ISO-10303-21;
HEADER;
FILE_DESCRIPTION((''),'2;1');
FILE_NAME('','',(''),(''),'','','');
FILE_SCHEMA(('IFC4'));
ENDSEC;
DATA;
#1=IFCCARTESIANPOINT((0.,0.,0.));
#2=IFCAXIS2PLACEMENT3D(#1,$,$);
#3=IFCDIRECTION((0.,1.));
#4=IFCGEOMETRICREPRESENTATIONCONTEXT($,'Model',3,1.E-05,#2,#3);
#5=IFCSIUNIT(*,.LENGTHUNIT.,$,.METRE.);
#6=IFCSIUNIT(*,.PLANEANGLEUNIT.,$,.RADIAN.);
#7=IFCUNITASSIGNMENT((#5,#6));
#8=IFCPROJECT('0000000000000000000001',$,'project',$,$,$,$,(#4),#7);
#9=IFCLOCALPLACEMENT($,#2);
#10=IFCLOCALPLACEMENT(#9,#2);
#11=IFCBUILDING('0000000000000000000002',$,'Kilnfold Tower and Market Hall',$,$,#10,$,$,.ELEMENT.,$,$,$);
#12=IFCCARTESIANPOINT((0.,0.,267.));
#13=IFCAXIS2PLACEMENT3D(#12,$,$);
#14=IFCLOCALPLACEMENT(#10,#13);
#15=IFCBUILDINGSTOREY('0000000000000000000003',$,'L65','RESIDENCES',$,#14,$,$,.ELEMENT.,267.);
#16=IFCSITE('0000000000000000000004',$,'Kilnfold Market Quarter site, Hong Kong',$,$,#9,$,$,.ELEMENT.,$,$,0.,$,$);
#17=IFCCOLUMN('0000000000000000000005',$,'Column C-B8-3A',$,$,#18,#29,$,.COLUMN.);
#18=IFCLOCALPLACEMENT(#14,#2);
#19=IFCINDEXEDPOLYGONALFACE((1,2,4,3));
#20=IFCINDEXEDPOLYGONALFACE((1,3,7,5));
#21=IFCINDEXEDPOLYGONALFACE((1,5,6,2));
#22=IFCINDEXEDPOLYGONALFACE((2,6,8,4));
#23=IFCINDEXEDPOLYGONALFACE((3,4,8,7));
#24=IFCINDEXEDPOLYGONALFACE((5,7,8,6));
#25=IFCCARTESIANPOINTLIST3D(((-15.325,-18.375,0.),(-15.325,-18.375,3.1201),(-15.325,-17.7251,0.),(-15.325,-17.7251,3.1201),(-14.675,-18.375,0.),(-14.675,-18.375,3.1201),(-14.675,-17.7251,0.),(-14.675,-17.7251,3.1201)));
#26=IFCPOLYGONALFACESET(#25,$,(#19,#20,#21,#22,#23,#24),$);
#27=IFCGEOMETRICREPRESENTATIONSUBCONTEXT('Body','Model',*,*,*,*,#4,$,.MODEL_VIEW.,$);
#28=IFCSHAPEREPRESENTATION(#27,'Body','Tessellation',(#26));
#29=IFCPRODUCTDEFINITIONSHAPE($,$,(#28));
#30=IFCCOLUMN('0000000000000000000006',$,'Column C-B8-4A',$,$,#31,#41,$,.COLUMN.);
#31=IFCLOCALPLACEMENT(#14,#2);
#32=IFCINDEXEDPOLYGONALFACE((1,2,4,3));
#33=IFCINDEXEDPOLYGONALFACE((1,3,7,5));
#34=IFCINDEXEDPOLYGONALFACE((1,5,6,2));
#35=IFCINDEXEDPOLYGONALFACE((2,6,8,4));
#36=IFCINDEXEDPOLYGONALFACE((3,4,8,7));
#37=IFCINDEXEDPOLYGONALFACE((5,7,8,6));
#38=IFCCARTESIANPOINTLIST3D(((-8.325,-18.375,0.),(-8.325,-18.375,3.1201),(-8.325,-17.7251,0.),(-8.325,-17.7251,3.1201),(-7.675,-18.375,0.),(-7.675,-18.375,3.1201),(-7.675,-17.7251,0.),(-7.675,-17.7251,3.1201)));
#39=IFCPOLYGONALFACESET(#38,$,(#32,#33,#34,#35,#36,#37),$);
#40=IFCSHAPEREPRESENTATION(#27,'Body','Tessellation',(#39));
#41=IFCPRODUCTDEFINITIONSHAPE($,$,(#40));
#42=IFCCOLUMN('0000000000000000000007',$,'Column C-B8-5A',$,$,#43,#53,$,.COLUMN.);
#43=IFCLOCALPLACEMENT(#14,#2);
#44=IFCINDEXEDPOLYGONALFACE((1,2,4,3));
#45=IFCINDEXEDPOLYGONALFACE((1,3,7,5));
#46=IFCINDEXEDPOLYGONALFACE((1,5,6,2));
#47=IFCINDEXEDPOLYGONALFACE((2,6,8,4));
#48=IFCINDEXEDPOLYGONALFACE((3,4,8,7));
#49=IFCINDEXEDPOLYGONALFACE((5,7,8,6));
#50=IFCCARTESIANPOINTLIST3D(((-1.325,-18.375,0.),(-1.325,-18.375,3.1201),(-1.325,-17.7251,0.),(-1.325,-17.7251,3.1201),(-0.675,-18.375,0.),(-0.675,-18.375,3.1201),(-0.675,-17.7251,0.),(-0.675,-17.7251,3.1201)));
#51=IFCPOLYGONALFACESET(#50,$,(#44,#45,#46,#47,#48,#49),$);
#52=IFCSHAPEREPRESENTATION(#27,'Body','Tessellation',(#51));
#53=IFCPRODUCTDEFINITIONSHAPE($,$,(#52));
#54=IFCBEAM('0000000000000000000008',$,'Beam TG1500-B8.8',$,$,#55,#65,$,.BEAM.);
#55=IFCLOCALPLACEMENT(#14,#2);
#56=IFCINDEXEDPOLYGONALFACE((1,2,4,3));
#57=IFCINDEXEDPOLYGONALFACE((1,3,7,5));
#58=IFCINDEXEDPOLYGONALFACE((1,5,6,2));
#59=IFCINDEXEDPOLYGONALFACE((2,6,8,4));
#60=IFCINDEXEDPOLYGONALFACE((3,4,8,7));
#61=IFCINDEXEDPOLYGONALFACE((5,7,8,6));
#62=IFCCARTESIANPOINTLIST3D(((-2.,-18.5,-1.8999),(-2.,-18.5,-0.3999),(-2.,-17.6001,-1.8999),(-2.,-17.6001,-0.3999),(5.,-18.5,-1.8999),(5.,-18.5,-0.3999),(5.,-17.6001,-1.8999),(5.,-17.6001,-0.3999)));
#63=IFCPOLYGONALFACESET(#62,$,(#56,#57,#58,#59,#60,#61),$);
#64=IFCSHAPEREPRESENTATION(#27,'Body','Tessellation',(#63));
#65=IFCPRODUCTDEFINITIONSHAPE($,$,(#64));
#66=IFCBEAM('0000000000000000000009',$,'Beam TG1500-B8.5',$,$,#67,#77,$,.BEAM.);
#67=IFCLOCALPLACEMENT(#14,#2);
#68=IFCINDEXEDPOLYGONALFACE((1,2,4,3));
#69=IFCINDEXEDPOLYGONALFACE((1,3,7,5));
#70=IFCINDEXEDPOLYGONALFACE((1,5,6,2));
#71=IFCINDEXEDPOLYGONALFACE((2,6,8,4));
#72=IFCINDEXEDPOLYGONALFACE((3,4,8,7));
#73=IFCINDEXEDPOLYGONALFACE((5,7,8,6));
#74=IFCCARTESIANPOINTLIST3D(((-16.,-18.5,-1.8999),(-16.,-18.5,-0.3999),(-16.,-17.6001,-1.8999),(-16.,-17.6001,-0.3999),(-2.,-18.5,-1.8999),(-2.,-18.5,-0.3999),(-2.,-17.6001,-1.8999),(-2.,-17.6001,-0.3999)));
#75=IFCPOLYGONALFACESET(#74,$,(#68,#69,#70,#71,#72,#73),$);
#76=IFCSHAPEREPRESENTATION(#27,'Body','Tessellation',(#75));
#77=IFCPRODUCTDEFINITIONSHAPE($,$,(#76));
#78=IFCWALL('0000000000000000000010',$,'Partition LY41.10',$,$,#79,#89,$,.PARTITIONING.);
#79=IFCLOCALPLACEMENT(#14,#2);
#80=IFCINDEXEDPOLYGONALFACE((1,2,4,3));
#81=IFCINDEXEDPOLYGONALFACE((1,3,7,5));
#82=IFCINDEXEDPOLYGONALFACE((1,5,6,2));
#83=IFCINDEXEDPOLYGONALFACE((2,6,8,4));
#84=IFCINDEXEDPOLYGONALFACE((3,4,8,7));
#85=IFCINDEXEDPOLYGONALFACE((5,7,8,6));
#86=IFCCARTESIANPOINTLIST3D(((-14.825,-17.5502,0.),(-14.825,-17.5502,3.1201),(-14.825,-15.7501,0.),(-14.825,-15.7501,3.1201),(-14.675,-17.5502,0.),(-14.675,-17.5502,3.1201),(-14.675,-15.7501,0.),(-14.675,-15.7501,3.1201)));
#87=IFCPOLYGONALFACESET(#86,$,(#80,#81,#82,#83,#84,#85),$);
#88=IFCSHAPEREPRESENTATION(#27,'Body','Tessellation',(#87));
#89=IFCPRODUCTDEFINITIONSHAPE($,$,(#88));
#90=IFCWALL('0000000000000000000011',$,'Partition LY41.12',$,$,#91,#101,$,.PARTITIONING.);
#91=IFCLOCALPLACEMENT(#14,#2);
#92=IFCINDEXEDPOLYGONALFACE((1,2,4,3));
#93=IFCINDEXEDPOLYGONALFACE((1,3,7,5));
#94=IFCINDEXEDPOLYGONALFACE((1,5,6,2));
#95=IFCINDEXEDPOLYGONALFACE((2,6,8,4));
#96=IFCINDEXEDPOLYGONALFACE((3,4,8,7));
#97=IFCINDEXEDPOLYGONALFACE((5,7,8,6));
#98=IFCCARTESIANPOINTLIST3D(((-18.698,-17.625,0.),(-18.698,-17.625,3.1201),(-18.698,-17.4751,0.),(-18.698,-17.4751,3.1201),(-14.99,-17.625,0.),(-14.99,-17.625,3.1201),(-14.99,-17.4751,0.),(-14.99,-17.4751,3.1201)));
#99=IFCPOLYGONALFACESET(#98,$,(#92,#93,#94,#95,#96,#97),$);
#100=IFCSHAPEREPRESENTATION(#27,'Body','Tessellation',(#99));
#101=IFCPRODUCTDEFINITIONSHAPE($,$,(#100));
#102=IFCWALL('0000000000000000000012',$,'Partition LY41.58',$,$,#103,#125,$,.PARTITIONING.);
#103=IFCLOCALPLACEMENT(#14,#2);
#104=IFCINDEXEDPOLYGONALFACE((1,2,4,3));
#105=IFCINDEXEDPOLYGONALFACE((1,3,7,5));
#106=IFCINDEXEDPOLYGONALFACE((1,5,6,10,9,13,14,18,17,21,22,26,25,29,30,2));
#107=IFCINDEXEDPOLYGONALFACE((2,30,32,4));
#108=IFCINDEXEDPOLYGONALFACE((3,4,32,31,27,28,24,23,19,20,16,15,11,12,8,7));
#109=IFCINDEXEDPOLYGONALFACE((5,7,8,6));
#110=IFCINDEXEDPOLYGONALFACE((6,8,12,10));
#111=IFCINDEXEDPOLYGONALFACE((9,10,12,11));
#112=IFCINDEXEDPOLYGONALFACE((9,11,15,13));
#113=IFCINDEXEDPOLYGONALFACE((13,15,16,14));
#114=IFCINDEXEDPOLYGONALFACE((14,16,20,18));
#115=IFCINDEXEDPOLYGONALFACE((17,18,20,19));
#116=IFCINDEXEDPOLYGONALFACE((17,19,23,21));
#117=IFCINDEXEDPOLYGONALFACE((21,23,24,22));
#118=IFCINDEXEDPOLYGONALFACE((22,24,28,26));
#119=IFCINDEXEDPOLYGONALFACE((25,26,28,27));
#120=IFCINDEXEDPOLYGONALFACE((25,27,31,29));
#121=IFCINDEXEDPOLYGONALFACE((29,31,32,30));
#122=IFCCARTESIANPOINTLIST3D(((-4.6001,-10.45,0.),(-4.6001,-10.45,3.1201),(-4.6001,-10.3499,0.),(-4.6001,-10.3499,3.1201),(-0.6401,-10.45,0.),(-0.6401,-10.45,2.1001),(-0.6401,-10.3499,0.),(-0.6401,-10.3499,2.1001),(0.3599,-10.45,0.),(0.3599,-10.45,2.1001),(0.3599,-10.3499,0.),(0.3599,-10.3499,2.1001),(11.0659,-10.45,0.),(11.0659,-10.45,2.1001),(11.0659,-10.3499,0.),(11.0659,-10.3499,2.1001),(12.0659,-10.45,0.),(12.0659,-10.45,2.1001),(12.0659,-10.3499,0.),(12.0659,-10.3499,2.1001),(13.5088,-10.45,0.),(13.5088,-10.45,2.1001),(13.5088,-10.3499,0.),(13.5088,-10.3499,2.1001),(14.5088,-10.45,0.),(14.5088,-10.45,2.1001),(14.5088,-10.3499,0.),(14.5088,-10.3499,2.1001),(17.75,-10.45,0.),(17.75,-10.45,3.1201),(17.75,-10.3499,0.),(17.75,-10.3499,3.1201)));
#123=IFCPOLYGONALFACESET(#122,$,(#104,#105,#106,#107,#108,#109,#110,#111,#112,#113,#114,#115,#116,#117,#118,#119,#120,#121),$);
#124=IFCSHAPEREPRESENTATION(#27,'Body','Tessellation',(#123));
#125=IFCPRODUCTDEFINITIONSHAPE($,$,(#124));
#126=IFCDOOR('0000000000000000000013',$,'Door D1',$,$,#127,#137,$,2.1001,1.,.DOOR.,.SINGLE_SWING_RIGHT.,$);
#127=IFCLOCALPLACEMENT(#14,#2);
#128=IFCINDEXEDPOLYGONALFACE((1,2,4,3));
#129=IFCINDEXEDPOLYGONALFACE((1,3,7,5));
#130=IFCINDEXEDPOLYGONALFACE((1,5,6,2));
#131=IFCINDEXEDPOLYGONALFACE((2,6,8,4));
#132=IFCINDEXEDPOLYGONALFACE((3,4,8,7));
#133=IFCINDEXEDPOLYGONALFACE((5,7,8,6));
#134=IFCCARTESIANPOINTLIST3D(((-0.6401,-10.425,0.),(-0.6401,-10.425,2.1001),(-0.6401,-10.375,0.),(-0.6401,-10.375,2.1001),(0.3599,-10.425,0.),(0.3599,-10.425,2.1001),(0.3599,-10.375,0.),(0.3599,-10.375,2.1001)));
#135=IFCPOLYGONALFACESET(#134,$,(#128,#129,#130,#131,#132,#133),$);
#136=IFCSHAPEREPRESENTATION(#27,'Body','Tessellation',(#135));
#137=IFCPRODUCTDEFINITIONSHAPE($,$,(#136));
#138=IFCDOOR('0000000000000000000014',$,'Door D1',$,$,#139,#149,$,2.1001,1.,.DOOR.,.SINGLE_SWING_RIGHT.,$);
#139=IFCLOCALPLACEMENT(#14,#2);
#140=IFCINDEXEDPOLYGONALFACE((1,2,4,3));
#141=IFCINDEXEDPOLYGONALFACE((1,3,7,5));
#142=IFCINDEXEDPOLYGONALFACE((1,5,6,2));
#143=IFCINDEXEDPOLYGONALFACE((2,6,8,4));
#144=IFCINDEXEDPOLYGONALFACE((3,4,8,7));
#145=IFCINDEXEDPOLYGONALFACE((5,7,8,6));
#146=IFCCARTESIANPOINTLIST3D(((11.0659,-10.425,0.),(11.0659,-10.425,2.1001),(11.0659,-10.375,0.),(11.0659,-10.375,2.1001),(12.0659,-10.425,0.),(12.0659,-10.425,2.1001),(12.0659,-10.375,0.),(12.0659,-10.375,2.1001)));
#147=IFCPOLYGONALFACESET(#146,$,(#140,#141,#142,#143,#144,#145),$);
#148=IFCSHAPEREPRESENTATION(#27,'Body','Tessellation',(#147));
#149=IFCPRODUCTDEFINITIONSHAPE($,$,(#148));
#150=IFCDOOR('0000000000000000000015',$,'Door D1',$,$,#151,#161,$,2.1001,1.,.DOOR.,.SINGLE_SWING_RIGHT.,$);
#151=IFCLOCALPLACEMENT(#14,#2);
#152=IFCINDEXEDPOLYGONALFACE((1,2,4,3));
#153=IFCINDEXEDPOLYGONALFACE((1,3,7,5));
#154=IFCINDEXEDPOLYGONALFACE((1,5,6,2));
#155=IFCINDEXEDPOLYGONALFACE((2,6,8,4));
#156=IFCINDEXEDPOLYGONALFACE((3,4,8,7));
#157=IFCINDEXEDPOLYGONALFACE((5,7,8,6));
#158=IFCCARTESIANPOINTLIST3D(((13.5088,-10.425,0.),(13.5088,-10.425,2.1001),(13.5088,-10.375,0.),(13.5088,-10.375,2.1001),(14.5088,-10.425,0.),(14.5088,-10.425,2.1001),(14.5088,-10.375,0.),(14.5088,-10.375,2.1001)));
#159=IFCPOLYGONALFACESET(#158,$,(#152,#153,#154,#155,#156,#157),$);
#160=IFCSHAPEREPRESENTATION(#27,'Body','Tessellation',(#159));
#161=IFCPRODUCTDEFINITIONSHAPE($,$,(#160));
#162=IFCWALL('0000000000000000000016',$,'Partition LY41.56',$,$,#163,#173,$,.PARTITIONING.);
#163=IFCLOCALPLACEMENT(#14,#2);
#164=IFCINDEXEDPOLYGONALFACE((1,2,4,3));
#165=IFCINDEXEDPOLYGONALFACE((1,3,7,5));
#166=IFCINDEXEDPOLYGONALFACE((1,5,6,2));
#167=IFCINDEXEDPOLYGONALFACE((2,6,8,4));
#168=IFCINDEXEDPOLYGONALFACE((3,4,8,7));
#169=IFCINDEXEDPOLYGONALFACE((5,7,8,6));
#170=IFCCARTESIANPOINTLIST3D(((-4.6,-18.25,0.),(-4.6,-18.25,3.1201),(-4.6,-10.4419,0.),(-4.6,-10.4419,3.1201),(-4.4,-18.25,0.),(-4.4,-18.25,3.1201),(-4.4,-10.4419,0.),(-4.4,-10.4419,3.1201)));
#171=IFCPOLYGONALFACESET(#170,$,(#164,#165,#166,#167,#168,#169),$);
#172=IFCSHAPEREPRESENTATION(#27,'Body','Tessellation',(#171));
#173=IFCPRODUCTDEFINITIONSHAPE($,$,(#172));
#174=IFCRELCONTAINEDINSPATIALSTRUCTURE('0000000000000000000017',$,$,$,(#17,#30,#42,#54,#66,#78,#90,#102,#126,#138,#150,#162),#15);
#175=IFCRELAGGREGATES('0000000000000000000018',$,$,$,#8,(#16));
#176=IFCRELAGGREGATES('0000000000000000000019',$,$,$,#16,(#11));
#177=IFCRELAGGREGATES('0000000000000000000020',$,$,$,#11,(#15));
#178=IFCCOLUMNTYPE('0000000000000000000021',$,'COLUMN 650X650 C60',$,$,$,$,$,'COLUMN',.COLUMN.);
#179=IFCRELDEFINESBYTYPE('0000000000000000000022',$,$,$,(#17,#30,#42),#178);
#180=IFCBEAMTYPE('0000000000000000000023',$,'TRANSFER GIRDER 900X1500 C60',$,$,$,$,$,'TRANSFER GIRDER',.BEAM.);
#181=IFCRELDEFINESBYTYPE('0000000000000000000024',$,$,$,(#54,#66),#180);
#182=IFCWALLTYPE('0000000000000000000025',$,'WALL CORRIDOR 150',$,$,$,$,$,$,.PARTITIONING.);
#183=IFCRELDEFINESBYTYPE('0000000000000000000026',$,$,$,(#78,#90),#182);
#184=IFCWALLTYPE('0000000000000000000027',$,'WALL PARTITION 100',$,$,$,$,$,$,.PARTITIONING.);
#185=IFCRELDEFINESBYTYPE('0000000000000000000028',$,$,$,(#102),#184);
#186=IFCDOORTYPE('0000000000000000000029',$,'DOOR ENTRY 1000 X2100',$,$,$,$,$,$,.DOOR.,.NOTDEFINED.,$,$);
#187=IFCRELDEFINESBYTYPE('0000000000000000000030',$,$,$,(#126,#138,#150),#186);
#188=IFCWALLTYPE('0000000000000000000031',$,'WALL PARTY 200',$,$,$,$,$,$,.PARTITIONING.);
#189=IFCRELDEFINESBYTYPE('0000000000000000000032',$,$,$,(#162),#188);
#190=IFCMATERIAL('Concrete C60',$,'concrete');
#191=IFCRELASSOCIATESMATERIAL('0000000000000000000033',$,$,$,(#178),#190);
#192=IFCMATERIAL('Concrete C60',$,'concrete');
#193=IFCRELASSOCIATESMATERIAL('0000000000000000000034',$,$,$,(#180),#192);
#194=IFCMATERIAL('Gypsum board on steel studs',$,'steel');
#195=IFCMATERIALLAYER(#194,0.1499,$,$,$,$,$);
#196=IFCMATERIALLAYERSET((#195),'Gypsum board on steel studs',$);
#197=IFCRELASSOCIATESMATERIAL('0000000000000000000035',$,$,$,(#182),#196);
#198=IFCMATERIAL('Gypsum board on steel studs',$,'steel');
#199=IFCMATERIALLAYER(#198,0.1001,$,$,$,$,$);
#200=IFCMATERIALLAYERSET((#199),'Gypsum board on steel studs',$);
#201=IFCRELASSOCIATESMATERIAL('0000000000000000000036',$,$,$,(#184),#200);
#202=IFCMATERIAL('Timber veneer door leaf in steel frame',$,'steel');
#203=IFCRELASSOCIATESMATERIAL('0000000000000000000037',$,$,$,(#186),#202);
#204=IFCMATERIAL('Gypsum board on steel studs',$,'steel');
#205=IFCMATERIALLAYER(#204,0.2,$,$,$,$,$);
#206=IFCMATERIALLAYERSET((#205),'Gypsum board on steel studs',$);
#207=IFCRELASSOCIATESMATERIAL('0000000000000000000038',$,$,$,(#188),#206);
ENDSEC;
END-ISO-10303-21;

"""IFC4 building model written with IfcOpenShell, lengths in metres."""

from ifc_helpers import new_model, si_unit, direction, frame, frame_2d, origin, origin_2d, place, context, subcontext, project, spatial, rectangle, extrude, source, transform, mapped, material, layer, layer_set, material_profile, profile_set, type_object, element, fill, save


model = new_model("IFC4")

# Units and contexts
model_context = context("Model", 3, precision=1e-05, world=origin(), true_north=direction((0.0, 1.0)))
body_context = subcontext(model_context, "Body", "Model", "MODEL_VIEW")
ifc_project = project(units=[si_unit("LENGTHUNIT", "METRE"), si_unit("PLANEANGLEUNIT", "RADIAN")], contexts=[model_context])

# Site, building, storey
site_placement = place(None, origin())
site = spatial("IfcSite", under=ifc_project, at=site_placement, Name="Kilnfold Market Quarter site, Hong Kong", CompositionType="ELEMENT", RefElevation=0.0)
building_placement = place(site_placement, origin())
building = spatial("IfcBuilding", under=site, at=building_placement, Name="Kilnfold Tower and Market Hall", CompositionType="ELEMENT")
storey_placement = place(building_placement, frame((0.0, 0.0, 267.0)))
storey = spatial("IfcBuildingStorey", under=building, at=storey_placement, Name="L65", Description="RESIDENCES", CompositionType="ELEMENT", Elevation=267.0)

# Columns
ifc_material_1 = material(Name="Concrete C60", Category="concrete")
ifc_material_profile_1 = material_profile(ifc_material_1, rectangle(XDim=0.6499, YDim=0.6499, at=origin_2d()), Name="RC 650x650")
ifc_profile_set_1 = profile_set([ifc_material_profile_1], Name="Concrete C60")
column_type = type_object("IfcColumnType", Name="COLUMN 650X650 C60", ElementType="COLUMN", PredefinedType="COLUMN", material=ifc_profile_set_1)
shared_shape_1 = source(origin(), body_context, "Body", "SweptSolid", [
    extrude(rectangle(XDim=0.6499, YDim=0.6499, at=origin_2d()), origin(), (0.0, 0.0, 1.0), 3.1201),
])
for number, where, z_axis, x_axis, name in (
    (1, (-15.0, -18.05, 0.0), (0.0, 0.0, 1.0), (1.0, 0.0, 0.0), "Column C-B8-3A"),
    (2, (-8.0, -18.05, 0.0), (0.0, 0.0, 1.0), (1.0, 0.0, 0.0), "Column C-B8-4A"),
    (3, (-1.0, -18.05, 0.0), (0.0, 0.0, 1.0), (1.0, 0.0, 0.0), "Column C-B8-5A"),
):
    element("IfcColumn", number, at=place(storey_placement, frame(where, z_axis=z_axis, x_axis=x_axis)), inside=storey, type_object=column_type, Name=name, PredefinedType="COLUMN", context=body_context, shape_type="MappedRepresentation", body=[
        mapped(shared_shape_1, transform((0.0, 0.0, 0.0))),
    ])

# Beams
ifc_material_2 = material(Name="Concrete C60", Category="concrete")
ifc_material_profile_2 = material_profile(ifc_material_2, rectangle(XDim=0.8999, YDim=1.5, at=origin_2d()), Name="RC 900x1500")
ifc_profile_set_2 = profile_set([ifc_material_profile_2], Name="Concrete C60")
beam_type = type_object("IfcBeamType", Name="TRANSFER GIRDER 900X1500 C60", ElementType="TRANSFER GIRDER", PredefinedType="BEAM", material=ifc_profile_set_2)
shared_shape_2 = source(origin(), body_context, "Body", "SweptSolid", [
    extrude(rectangle(XDim=0.8999, YDim=1.5, at=origin_2d()), origin(), (0.0, 0.0, 1.0), 7.0),
])
beam_1_placement = place(storey_placement, frame((-2.0, -18.05, -1.1499), z_axis=(1.0, 0.0, 0.0), x_axis=(0.0, 1.0, 0.0)))
element("IfcBeam", 4, at=beam_1_placement, inside=storey, type_object=beam_type, Name="Beam TG1500-B8.8", PredefinedType="BEAM", context=body_context, shape_type="MappedRepresentation", body=[
    mapped(shared_shape_2, transform((0.0, 0.0, 0.0))),
])
shared_shape_3 = source(origin(), body_context, "Body", "SweptSolid", [
    extrude(rectangle(XDim=0.8999, YDim=1.5, at=origin_2d()), origin(), (0.0, 0.0, 1.0), 14.0),
])
beam_2_placement = place(storey_placement, frame((-16.0, -18.05, -1.1499), z_axis=(1.0, 0.0, 0.0), x_axis=(0.0, 1.0, 0.0)))
element("IfcBeam", 5, at=beam_2_placement, inside=storey, type_object=beam_type, Name="Beam TG1500-B8.5", PredefinedType="BEAM", context=body_context, shape_type="MappedRepresentation", body=[
    mapped(shared_shape_3, transform((0.0, 0.0, 0.0))),
])

# Walls
ifc_material_3 = material(Name="Gypsum board on steel studs", Category="steel")
ifc_layer_1 = layer(ifc_material_3, 0.1499)
ifc_layer_set_1 = layer_set([ifc_layer_1], Name="Gypsum board on steel studs")
wall_type_1 = type_object("IfcWallType", Name="WALL CORRIDOR 150", PredefinedType="PARTITIONING", material=ifc_layer_set_1)
wall_1_placement = place(storey_placement, frame((-14.75, -17.55, 0.0), z_axis=(0.0, 0.0, 1.0), x_axis=(0.0, 1.0, 0.0)))
element("IfcWall", 6, at=wall_1_placement, inside=storey, type_object=wall_type_1, Name="Partition LY41.10", PredefinedType="PARTITIONING", context=body_context, shape_type="SweptSolid", body=[
    extrude(rectangle(XDim=1.8, YDim=0.1499, at=frame_2d((0.8999, 0.0))), origin(), (0.0, 0.0, 1.0), 3.1201),
])
wall_2_placement = place(storey_placement, frame((-18.698, -17.55, 0.0), z_axis=(0.0, 0.0, 1.0), x_axis=(1.0, 0.0, 0.0)))
element("IfcWall", 7, at=wall_2_placement, inside=storey, type_object=wall_type_1, Name="Partition LY41.12", PredefinedType="PARTITIONING", context=body_context, shape_type="SweptSolid", body=[
    extrude(rectangle(XDim=3.708, YDim=0.1499, at=frame_2d((1.854, 0.0))), origin(), (0.0, 0.0, 1.0), 3.1201),
])

# Wall, openings, doors
ifc_material_4 = material(Name="Gypsum board on steel studs", Category="steel")
ifc_layer_2 = layer(ifc_material_4, 0.1001)
ifc_layer_set_2 = layer_set([ifc_layer_2], Name="Gypsum board on steel studs")
wall_type_2 = type_object("IfcWallType", Name="WALL PARTITION 100", PredefinedType="PARTITIONING", material=ifc_layer_set_2)
wall_3_placement = place(storey_placement, frame((-4.6001, -10.3999, 0.0), z_axis=(0.0, 0.0, 1.0), x_axis=(1.0, 0.0, 0.0)))
wall_3 = element("IfcWall", 8, at=wall_3_placement, inside=storey, type_object=wall_type_2, Name="Partition LY41.58", PredefinedType="PARTITIONING", context=body_context, shape_type="SweptSolid", body=[
    extrude(rectangle(XDim=22.3501, YDim=0.1001, at=frame_2d((11.175, 0.0))), origin(), (0.0, 0.0, 1.0), 3.1201),
])
opening_1_placement = place(wall_3_placement, frame((3.96, 0.0, 0.0)))
opening_1 = element("IfcOpeningElement", 9, at=opening_1_placement, cuts=wall_3, PredefinedType="OPENING", context=body_context, shape_type="SweptSolid", body=[
    extrude(rectangle(XDim=1.0, YDim=2.1001, at=frame_2d((0.5, 1.05))), frame((0.0, 0.0601, 0.0), z_axis=(0.0, -1.0, 0.0), x_axis=(1.0, 0.0, 0.0)), (0.0, 0.0, 1.0), 0.1201),
])
opening_2_placement = place(wall_3_placement, frame((15.666, 0.0, 0.0)))
opening_2 = element("IfcOpeningElement", 10, at=opening_2_placement, cuts=wall_3, PredefinedType="OPENING", context=body_context, shape_type="SweptSolid", body=[
    extrude(rectangle(XDim=1.0, YDim=2.1001, at=frame_2d((0.5, 1.05))), frame((0.0, 0.0601, 0.0), z_axis=(0.0, -1.0, 0.0), x_axis=(1.0, 0.0, 0.0)), (0.0, 0.0, 1.0), 0.1201),
])
opening_3_placement = place(wall_3_placement, frame((18.1089, 0.0, 0.0)))
opening_3 = element("IfcOpeningElement", 11, at=opening_3_placement, cuts=wall_3, PredefinedType="OPENING", context=body_context, shape_type="SweptSolid", body=[
    extrude(rectangle(XDim=1.0, YDim=2.1001, at=frame_2d((0.5, 1.05))), frame((0.0, 0.0601, 0.0), z_axis=(0.0, -1.0, 0.0), x_axis=(1.0, 0.0, 0.0)), (0.0, 0.0, 1.0), 0.1201),
])
ifc_material_5 = material(Name="Timber veneer door leaf in steel frame", Category="steel")
door_type_1 = type_object("IfcDoorType", Name="DOOR ENTRY 1000 X2100", OperationType="NOTDEFINED", PredefinedType="DOOR", material=ifc_material_5)
door_1_placement = place(opening_1_placement, origin())
door_1 = element("IfcDoor", 12, at=door_1_placement, inside=storey, type_object=door_type_1, Name="Door D1", OperationType="SINGLE_SWING_RIGHT", OverallHeight=2.1001, OverallWidth=1.0, PredefinedType="DOOR", context=body_context, shape_type="SweptSolid", body=[
    extrude(rectangle(XDim=1.0, YDim=2.1001, at=frame_2d((0.5, 1.05))), frame((0.0, 0.0249, 0.0), z_axis=(0.0, -1.0, 0.0), x_axis=(1.0, 0.0, 0.0)), (0.0, 0.0, 1.0), 0.05),
])
fill(opening_1, door_1)
door_2_placement = place(opening_2_placement, origin())
door_2 = element("IfcDoor", 13, at=door_2_placement, inside=storey, type_object=door_type_1, Name="Door D1", OperationType="SINGLE_SWING_RIGHT", OverallHeight=2.1001, OverallWidth=1.0, PredefinedType="DOOR", context=body_context, shape_type="SweptSolid", body=[
    extrude(rectangle(XDim=1.0, YDim=2.1001, at=frame_2d((0.5, 1.05))), frame((0.0, 0.0249, 0.0), z_axis=(0.0, -1.0, 0.0), x_axis=(1.0, 0.0, 0.0)), (0.0, 0.0, 1.0), 0.05),
])
fill(opening_2, door_2)
door_3_placement = place(opening_3_placement, origin())
door_3 = element("IfcDoor", 14, at=door_3_placement, inside=storey, type_object=door_type_1, Name="Door D1", OperationType="SINGLE_SWING_RIGHT", OverallHeight=2.1001, OverallWidth=1.0, PredefinedType="DOOR", context=body_context, shape_type="SweptSolid", body=[
    extrude(rectangle(XDim=1.0, YDim=2.1001, at=frame_2d((0.5, 1.05))), frame((0.0, 0.0249, 0.0), z_axis=(0.0, -1.0, 0.0), x_axis=(1.0, 0.0, 0.0)), (0.0, 0.0, 1.0), 0.05),
])
fill(opening_3, door_3)

# Wall
ifc_material_6 = material(Name="Gypsum board on steel studs", Category="steel")
ifc_layer_3 = layer(ifc_material_6, 0.2)
ifc_layer_set_3 = layer_set([ifc_layer_3], Name="Gypsum board on steel studs")
wall_type_3 = type_object("IfcWallType", Name="WALL PARTY 200", PredefinedType="PARTITIONING", material=ifc_layer_set_3)
wall_4_placement = place(storey_placement, frame((-4.5, -18.25, 0.0), z_axis=(0.0, 0.0, 1.0), x_axis=(0.0, 1.0, 0.0)))
element("IfcWall", 15, at=wall_4_placement, inside=storey, type_object=wall_type_3, Name="Partition LY41.56", PredefinedType="PARTITIONING", context=body_context, shape_type="SweptSolid", body=[
    extrude(rectangle(XDim=7.8081, YDim=0.2, at=frame_2d((3.9041, 0.0))), origin(), (0.0, 0.0, 1.0), 3.1201),
])

save(model, "model.ifc")
